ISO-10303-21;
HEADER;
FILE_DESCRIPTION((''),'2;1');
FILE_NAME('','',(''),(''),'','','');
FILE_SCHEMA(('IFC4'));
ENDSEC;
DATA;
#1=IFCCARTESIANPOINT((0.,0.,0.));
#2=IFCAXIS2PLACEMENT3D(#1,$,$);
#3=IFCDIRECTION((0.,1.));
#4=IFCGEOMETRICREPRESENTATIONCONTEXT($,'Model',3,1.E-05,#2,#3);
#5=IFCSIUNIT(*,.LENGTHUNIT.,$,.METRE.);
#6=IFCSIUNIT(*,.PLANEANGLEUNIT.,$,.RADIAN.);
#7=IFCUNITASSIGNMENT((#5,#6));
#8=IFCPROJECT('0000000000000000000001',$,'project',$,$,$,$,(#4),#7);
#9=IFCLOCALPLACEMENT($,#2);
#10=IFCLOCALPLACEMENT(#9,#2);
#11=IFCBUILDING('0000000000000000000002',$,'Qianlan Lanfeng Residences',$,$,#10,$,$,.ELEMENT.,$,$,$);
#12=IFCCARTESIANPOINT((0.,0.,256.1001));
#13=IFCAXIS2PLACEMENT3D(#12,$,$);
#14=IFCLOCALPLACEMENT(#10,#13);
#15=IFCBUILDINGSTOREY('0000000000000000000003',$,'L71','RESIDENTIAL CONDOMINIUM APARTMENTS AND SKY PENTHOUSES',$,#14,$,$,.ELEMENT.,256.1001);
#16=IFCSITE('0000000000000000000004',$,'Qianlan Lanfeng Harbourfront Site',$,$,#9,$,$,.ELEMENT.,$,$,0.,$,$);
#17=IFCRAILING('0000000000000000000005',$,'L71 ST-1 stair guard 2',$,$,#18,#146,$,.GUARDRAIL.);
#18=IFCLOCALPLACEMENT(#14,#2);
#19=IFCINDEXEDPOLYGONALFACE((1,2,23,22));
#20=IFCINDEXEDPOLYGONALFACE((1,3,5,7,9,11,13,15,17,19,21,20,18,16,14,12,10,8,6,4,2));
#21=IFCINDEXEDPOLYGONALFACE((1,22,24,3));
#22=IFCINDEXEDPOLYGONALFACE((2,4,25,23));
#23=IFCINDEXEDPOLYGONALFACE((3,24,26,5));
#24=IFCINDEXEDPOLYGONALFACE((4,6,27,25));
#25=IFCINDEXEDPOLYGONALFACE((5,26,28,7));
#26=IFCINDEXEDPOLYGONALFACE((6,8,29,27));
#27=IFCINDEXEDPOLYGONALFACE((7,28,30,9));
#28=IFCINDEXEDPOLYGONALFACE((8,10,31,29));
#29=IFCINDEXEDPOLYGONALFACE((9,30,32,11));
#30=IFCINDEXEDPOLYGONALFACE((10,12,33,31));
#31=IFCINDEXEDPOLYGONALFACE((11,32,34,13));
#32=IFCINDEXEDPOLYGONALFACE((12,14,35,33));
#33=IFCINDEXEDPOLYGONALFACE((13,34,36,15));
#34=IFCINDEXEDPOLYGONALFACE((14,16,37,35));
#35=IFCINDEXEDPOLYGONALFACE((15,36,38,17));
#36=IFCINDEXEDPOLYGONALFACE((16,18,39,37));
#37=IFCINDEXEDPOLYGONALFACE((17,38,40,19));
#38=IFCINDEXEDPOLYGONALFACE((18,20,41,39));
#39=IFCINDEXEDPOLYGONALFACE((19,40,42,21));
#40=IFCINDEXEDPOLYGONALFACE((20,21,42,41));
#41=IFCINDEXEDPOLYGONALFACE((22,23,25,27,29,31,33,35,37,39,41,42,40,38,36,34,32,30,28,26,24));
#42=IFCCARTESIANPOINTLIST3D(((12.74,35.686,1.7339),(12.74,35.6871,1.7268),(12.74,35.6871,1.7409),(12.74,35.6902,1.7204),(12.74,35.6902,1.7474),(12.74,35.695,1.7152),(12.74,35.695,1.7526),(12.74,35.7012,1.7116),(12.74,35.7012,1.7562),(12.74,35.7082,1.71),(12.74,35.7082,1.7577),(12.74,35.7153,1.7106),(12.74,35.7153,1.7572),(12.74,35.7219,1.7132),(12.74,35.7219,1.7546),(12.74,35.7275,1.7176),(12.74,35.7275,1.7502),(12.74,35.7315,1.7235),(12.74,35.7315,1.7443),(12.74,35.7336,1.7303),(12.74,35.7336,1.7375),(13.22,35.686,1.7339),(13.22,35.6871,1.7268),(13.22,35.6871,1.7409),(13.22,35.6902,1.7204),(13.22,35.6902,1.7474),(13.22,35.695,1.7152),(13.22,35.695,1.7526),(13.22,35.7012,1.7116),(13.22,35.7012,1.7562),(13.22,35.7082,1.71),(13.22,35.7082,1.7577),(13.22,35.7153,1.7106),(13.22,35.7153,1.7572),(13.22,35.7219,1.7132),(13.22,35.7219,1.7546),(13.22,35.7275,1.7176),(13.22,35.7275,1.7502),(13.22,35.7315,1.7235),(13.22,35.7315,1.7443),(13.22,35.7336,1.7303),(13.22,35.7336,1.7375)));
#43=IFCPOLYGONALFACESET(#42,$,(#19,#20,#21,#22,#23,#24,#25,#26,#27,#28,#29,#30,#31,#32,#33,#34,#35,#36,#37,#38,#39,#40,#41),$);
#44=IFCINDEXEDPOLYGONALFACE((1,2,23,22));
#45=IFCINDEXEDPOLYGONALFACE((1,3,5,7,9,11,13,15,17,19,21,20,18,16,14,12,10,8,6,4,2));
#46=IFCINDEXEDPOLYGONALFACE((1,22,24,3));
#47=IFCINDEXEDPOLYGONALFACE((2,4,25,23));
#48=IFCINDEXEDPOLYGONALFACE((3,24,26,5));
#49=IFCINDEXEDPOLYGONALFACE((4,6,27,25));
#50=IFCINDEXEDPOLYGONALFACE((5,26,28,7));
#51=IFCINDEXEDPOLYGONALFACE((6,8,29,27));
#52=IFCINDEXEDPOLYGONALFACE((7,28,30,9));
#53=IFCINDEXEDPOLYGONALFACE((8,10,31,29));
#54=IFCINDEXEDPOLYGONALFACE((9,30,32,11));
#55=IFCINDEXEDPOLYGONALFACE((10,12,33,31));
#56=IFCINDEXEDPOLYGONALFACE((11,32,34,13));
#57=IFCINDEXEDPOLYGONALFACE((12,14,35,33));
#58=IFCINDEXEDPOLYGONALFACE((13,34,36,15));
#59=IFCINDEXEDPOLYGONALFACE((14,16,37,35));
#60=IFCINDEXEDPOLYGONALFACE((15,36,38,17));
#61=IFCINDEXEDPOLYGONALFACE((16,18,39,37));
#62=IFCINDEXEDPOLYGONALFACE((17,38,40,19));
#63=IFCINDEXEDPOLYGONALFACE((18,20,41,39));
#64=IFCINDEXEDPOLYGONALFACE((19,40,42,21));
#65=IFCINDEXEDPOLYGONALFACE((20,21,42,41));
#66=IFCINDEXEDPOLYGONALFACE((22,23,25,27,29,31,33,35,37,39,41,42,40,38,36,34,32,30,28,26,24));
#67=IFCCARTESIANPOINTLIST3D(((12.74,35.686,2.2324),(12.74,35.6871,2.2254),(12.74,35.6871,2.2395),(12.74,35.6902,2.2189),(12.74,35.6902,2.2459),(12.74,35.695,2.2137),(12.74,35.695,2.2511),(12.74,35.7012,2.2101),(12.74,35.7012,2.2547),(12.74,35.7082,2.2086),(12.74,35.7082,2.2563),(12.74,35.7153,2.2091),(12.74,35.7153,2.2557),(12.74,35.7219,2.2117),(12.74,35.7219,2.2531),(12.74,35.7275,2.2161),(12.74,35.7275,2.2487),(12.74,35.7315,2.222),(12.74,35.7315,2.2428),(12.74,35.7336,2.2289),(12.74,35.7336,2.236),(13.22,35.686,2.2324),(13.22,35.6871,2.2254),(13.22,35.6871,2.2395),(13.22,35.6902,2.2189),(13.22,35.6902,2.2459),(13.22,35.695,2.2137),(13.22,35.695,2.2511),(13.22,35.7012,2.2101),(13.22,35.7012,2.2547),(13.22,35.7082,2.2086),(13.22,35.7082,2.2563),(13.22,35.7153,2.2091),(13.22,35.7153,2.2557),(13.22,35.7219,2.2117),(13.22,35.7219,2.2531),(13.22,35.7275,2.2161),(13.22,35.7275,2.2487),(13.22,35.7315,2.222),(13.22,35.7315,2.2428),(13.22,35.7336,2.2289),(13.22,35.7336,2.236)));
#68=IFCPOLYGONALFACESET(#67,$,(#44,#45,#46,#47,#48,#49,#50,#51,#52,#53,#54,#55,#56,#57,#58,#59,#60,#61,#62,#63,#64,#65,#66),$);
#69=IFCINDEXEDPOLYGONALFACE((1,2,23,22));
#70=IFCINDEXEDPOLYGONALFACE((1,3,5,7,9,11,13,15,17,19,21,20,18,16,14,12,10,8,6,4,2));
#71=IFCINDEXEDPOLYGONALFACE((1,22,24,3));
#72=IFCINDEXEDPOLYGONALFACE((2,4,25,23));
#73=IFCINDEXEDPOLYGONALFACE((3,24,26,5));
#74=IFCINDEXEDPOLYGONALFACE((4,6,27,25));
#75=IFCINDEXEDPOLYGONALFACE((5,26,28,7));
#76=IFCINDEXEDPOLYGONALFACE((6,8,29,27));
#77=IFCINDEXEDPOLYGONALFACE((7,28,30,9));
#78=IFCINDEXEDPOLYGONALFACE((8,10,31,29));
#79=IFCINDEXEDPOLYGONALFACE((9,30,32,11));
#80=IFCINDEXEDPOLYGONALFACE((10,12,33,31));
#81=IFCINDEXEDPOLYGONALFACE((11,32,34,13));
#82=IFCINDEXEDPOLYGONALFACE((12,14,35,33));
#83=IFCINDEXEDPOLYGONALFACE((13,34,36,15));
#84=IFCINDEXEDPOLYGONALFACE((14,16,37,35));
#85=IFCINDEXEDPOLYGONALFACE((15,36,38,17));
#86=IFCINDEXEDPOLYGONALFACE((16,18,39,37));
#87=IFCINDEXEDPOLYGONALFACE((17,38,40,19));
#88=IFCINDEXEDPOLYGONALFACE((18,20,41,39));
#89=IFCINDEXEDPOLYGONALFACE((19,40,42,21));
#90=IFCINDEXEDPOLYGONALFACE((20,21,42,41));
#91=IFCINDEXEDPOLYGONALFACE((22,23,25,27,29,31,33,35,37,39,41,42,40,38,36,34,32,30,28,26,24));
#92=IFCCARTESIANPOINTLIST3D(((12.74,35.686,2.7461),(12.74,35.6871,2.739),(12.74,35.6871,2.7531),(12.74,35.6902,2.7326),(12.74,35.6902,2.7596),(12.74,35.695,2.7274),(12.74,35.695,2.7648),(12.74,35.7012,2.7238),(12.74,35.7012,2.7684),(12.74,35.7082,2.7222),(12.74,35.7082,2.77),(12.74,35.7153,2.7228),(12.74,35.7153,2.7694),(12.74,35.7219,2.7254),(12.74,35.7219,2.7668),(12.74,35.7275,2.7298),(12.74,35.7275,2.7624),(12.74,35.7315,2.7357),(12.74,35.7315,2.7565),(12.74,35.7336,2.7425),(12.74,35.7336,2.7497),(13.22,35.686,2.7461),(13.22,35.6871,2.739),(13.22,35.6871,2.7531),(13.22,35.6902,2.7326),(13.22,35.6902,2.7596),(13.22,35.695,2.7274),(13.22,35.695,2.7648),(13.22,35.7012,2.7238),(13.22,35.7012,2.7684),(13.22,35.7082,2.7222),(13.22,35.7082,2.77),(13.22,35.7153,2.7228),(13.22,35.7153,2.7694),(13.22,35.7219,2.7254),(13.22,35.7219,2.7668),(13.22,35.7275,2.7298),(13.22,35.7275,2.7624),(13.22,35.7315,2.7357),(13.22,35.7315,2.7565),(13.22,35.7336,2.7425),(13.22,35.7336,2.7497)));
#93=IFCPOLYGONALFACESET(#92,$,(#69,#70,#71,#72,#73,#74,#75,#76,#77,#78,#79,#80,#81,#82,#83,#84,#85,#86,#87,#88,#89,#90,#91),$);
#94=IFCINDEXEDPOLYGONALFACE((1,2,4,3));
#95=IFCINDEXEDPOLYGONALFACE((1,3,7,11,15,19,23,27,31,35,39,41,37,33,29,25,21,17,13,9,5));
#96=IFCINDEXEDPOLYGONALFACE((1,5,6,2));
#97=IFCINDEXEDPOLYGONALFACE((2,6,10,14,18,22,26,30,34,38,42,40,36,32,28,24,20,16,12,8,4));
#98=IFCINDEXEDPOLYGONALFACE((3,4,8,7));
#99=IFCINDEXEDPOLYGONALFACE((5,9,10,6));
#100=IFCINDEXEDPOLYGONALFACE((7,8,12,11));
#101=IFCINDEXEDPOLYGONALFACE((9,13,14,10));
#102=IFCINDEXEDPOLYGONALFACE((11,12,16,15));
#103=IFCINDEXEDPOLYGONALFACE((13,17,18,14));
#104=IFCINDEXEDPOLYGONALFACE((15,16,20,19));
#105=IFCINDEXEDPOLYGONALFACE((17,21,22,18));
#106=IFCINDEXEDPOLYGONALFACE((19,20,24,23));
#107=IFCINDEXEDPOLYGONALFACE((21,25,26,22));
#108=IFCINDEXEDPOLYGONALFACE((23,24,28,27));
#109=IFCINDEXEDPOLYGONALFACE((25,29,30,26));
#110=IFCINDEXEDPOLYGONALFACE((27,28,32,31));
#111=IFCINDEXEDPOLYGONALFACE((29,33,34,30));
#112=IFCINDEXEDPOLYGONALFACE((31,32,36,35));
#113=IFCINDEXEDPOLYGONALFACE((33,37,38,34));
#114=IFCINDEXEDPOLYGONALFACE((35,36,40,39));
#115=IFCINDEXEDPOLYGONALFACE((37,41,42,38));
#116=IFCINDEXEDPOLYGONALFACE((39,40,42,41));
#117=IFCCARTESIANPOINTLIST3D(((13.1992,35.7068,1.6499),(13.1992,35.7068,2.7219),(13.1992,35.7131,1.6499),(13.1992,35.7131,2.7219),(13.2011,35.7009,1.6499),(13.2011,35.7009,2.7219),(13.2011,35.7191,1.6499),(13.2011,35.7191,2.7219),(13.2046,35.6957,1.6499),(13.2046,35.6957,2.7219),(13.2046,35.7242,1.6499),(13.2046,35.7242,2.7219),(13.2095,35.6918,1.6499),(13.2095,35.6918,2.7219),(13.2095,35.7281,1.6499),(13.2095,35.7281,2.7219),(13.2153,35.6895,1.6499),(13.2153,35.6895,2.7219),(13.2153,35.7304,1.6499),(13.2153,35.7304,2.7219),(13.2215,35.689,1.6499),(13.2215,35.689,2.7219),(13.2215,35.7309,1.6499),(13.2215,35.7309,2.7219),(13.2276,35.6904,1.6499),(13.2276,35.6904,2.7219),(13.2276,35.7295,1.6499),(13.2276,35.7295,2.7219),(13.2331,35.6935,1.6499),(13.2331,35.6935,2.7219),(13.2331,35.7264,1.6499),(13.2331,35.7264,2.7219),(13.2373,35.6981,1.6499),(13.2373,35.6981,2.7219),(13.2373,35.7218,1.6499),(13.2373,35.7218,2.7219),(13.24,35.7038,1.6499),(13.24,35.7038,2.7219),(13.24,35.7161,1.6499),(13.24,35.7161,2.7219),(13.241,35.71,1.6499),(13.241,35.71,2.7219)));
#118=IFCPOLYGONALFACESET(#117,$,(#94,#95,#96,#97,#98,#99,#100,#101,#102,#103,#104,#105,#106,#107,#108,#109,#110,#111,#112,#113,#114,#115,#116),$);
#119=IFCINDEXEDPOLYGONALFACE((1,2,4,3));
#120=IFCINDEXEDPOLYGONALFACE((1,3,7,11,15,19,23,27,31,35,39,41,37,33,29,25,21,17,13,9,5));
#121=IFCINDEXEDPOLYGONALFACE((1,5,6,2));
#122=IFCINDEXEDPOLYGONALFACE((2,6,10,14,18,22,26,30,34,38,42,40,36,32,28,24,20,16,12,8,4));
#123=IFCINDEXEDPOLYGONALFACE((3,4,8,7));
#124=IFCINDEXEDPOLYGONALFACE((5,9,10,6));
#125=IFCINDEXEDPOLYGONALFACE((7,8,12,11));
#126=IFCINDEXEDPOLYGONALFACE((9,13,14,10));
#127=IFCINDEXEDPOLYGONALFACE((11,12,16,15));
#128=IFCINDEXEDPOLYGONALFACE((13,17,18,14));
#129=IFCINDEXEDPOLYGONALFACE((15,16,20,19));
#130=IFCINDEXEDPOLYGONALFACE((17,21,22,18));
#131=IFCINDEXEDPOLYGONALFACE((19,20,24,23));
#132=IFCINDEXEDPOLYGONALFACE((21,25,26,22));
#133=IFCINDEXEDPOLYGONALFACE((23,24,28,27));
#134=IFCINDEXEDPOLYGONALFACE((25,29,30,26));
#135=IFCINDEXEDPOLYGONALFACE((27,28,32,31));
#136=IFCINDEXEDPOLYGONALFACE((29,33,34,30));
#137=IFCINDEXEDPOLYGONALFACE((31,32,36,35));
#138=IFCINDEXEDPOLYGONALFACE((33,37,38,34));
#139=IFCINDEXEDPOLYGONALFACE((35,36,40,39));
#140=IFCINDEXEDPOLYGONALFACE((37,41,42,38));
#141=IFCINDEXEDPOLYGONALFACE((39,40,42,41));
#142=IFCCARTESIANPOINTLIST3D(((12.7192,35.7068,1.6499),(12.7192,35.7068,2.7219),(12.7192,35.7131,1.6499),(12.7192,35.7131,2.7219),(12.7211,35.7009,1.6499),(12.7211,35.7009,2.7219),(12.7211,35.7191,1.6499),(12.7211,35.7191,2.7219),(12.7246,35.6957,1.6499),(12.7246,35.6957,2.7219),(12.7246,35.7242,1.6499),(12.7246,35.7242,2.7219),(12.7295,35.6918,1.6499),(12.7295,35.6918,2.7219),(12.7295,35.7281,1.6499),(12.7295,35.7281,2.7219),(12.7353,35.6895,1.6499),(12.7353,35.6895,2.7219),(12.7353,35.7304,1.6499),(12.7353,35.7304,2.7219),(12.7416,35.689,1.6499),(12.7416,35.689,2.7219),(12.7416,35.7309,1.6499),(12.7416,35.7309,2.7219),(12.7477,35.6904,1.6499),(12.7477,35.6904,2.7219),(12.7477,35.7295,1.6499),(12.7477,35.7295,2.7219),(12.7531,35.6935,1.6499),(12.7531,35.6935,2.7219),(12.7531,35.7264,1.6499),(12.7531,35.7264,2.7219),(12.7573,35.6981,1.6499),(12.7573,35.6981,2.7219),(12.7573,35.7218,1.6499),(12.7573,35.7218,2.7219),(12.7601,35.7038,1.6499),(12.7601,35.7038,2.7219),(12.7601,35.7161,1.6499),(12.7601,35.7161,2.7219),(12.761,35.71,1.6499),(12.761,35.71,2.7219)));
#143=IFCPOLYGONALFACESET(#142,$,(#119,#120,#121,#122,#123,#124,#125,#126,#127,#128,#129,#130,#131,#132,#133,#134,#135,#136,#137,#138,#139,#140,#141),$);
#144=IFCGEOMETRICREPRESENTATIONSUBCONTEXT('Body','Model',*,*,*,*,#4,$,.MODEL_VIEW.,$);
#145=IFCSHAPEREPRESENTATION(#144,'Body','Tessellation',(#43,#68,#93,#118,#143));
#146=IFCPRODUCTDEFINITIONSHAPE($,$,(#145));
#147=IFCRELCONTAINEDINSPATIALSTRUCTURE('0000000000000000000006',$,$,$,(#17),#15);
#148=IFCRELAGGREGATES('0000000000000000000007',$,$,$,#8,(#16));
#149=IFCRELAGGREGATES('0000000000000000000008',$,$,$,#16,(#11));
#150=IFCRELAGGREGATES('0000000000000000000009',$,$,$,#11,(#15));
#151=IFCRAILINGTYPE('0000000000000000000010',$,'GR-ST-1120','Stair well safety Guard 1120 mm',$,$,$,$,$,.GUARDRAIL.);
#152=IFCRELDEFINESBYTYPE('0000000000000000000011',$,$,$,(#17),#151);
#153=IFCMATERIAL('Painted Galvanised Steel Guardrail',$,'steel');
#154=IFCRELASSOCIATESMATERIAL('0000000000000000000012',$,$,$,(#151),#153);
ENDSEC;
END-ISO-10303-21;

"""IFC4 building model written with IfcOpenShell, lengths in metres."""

from ifc_helpers import new_model, si_unit, direction, frame, origin, origin_2d, place, context, subcontext, project, spatial, circle, extrude, material, type_object, element, save


model = new_model("IFC4")

# Units and contexts
model_context = context("Model", 3, precision=1e-05, world=origin(), true_north=direction((0.0, 1.0)))
body_context = subcontext(model_context, "Body", "Model", "MODEL_VIEW")
ifc_project = project(units=[si_unit("LENGTHUNIT", "METRE"), si_unit("PLANEANGLEUNIT", "RADIAN")], contexts=[model_context])

# Site, building, storey
site_placement = place(None, origin())
site = spatial("IfcSite", under=ifc_project, at=site_placement, Name="Qianlan Lanfeng Harbourfront Site", CompositionType="ELEMENT", RefElevation=0.0)
building_placement = place(site_placement, origin())
building = spatial("IfcBuilding", under=site, at=building_placement, Name="Qianlan Lanfeng Residences", CompositionType="ELEMENT")
storey_placement = place(building_placement, frame((0.0, 0.0, 256.1001)))
storey = spatial("IfcBuildingStorey", under=building, at=storey_placement, Name="L71", Description="RESIDENTIAL CONDOMINIUM APARTMENTS AND SKY PENTHOUSES", CompositionType="ELEMENT", Elevation=256.1001)

# Railing
ifc_material_1 = material(Name="Painted Galvanised Steel Guardrail", Category="steel")
railing_type_1 = type_object("IfcRailingType", Name="GR-ST-1120", Description="Stair well safety Guard 1120 mm", PredefinedType="GUARDRAIL", material=ifc_material_1)
railing_1_placement = place(storey_placement, frame((13.22, 35.71, 1.6499)))
element("IfcRailing", 1, at=railing_1_placement, inside=storey, type_object=railing_type_1, Name="L71 ST-1 stair guard 2", PredefinedType="GUARDRAIL", context=body_context, shape_type="SweptSolid", body=[
    extrude(circle(Radius=0.0239, at=origin_2d()), frame((0.0, 0.0, 0.084), z_axis=(-1.0, 0.0, 0.0), x_axis=(0.0, -1.0, 0.0)), (0.0, 0.0, 1.0), 0.48),
    extrude(circle(Radius=0.0239, at=origin_2d()), frame((0.0, 0.0, 0.5825), z_axis=(-1.0, 0.0, 0.0), x_axis=(0.0, -1.0, 0.0)), (0.0, 0.0, 1.0), 0.48),
    extrude(circle(Radius=0.0239, at=origin_2d()), frame((0.0, 0.0, 1.0962), z_axis=(-1.0, 0.0, 0.0), x_axis=(0.0, -1.0, 0.0)), (0.0, 0.0, 1.0), 0.48),
    extrude(circle(Radius=0.021, at=origin_2d()), origin(), (0.0, 0.0, 1.0), 1.072),
    extrude(circle(Radius=0.021, at=origin_2d()), frame((-0.48, 0.0, 0.0)), (0.0, 0.0, 1.0), 1.072),
])

save(model, "model.ifc")
